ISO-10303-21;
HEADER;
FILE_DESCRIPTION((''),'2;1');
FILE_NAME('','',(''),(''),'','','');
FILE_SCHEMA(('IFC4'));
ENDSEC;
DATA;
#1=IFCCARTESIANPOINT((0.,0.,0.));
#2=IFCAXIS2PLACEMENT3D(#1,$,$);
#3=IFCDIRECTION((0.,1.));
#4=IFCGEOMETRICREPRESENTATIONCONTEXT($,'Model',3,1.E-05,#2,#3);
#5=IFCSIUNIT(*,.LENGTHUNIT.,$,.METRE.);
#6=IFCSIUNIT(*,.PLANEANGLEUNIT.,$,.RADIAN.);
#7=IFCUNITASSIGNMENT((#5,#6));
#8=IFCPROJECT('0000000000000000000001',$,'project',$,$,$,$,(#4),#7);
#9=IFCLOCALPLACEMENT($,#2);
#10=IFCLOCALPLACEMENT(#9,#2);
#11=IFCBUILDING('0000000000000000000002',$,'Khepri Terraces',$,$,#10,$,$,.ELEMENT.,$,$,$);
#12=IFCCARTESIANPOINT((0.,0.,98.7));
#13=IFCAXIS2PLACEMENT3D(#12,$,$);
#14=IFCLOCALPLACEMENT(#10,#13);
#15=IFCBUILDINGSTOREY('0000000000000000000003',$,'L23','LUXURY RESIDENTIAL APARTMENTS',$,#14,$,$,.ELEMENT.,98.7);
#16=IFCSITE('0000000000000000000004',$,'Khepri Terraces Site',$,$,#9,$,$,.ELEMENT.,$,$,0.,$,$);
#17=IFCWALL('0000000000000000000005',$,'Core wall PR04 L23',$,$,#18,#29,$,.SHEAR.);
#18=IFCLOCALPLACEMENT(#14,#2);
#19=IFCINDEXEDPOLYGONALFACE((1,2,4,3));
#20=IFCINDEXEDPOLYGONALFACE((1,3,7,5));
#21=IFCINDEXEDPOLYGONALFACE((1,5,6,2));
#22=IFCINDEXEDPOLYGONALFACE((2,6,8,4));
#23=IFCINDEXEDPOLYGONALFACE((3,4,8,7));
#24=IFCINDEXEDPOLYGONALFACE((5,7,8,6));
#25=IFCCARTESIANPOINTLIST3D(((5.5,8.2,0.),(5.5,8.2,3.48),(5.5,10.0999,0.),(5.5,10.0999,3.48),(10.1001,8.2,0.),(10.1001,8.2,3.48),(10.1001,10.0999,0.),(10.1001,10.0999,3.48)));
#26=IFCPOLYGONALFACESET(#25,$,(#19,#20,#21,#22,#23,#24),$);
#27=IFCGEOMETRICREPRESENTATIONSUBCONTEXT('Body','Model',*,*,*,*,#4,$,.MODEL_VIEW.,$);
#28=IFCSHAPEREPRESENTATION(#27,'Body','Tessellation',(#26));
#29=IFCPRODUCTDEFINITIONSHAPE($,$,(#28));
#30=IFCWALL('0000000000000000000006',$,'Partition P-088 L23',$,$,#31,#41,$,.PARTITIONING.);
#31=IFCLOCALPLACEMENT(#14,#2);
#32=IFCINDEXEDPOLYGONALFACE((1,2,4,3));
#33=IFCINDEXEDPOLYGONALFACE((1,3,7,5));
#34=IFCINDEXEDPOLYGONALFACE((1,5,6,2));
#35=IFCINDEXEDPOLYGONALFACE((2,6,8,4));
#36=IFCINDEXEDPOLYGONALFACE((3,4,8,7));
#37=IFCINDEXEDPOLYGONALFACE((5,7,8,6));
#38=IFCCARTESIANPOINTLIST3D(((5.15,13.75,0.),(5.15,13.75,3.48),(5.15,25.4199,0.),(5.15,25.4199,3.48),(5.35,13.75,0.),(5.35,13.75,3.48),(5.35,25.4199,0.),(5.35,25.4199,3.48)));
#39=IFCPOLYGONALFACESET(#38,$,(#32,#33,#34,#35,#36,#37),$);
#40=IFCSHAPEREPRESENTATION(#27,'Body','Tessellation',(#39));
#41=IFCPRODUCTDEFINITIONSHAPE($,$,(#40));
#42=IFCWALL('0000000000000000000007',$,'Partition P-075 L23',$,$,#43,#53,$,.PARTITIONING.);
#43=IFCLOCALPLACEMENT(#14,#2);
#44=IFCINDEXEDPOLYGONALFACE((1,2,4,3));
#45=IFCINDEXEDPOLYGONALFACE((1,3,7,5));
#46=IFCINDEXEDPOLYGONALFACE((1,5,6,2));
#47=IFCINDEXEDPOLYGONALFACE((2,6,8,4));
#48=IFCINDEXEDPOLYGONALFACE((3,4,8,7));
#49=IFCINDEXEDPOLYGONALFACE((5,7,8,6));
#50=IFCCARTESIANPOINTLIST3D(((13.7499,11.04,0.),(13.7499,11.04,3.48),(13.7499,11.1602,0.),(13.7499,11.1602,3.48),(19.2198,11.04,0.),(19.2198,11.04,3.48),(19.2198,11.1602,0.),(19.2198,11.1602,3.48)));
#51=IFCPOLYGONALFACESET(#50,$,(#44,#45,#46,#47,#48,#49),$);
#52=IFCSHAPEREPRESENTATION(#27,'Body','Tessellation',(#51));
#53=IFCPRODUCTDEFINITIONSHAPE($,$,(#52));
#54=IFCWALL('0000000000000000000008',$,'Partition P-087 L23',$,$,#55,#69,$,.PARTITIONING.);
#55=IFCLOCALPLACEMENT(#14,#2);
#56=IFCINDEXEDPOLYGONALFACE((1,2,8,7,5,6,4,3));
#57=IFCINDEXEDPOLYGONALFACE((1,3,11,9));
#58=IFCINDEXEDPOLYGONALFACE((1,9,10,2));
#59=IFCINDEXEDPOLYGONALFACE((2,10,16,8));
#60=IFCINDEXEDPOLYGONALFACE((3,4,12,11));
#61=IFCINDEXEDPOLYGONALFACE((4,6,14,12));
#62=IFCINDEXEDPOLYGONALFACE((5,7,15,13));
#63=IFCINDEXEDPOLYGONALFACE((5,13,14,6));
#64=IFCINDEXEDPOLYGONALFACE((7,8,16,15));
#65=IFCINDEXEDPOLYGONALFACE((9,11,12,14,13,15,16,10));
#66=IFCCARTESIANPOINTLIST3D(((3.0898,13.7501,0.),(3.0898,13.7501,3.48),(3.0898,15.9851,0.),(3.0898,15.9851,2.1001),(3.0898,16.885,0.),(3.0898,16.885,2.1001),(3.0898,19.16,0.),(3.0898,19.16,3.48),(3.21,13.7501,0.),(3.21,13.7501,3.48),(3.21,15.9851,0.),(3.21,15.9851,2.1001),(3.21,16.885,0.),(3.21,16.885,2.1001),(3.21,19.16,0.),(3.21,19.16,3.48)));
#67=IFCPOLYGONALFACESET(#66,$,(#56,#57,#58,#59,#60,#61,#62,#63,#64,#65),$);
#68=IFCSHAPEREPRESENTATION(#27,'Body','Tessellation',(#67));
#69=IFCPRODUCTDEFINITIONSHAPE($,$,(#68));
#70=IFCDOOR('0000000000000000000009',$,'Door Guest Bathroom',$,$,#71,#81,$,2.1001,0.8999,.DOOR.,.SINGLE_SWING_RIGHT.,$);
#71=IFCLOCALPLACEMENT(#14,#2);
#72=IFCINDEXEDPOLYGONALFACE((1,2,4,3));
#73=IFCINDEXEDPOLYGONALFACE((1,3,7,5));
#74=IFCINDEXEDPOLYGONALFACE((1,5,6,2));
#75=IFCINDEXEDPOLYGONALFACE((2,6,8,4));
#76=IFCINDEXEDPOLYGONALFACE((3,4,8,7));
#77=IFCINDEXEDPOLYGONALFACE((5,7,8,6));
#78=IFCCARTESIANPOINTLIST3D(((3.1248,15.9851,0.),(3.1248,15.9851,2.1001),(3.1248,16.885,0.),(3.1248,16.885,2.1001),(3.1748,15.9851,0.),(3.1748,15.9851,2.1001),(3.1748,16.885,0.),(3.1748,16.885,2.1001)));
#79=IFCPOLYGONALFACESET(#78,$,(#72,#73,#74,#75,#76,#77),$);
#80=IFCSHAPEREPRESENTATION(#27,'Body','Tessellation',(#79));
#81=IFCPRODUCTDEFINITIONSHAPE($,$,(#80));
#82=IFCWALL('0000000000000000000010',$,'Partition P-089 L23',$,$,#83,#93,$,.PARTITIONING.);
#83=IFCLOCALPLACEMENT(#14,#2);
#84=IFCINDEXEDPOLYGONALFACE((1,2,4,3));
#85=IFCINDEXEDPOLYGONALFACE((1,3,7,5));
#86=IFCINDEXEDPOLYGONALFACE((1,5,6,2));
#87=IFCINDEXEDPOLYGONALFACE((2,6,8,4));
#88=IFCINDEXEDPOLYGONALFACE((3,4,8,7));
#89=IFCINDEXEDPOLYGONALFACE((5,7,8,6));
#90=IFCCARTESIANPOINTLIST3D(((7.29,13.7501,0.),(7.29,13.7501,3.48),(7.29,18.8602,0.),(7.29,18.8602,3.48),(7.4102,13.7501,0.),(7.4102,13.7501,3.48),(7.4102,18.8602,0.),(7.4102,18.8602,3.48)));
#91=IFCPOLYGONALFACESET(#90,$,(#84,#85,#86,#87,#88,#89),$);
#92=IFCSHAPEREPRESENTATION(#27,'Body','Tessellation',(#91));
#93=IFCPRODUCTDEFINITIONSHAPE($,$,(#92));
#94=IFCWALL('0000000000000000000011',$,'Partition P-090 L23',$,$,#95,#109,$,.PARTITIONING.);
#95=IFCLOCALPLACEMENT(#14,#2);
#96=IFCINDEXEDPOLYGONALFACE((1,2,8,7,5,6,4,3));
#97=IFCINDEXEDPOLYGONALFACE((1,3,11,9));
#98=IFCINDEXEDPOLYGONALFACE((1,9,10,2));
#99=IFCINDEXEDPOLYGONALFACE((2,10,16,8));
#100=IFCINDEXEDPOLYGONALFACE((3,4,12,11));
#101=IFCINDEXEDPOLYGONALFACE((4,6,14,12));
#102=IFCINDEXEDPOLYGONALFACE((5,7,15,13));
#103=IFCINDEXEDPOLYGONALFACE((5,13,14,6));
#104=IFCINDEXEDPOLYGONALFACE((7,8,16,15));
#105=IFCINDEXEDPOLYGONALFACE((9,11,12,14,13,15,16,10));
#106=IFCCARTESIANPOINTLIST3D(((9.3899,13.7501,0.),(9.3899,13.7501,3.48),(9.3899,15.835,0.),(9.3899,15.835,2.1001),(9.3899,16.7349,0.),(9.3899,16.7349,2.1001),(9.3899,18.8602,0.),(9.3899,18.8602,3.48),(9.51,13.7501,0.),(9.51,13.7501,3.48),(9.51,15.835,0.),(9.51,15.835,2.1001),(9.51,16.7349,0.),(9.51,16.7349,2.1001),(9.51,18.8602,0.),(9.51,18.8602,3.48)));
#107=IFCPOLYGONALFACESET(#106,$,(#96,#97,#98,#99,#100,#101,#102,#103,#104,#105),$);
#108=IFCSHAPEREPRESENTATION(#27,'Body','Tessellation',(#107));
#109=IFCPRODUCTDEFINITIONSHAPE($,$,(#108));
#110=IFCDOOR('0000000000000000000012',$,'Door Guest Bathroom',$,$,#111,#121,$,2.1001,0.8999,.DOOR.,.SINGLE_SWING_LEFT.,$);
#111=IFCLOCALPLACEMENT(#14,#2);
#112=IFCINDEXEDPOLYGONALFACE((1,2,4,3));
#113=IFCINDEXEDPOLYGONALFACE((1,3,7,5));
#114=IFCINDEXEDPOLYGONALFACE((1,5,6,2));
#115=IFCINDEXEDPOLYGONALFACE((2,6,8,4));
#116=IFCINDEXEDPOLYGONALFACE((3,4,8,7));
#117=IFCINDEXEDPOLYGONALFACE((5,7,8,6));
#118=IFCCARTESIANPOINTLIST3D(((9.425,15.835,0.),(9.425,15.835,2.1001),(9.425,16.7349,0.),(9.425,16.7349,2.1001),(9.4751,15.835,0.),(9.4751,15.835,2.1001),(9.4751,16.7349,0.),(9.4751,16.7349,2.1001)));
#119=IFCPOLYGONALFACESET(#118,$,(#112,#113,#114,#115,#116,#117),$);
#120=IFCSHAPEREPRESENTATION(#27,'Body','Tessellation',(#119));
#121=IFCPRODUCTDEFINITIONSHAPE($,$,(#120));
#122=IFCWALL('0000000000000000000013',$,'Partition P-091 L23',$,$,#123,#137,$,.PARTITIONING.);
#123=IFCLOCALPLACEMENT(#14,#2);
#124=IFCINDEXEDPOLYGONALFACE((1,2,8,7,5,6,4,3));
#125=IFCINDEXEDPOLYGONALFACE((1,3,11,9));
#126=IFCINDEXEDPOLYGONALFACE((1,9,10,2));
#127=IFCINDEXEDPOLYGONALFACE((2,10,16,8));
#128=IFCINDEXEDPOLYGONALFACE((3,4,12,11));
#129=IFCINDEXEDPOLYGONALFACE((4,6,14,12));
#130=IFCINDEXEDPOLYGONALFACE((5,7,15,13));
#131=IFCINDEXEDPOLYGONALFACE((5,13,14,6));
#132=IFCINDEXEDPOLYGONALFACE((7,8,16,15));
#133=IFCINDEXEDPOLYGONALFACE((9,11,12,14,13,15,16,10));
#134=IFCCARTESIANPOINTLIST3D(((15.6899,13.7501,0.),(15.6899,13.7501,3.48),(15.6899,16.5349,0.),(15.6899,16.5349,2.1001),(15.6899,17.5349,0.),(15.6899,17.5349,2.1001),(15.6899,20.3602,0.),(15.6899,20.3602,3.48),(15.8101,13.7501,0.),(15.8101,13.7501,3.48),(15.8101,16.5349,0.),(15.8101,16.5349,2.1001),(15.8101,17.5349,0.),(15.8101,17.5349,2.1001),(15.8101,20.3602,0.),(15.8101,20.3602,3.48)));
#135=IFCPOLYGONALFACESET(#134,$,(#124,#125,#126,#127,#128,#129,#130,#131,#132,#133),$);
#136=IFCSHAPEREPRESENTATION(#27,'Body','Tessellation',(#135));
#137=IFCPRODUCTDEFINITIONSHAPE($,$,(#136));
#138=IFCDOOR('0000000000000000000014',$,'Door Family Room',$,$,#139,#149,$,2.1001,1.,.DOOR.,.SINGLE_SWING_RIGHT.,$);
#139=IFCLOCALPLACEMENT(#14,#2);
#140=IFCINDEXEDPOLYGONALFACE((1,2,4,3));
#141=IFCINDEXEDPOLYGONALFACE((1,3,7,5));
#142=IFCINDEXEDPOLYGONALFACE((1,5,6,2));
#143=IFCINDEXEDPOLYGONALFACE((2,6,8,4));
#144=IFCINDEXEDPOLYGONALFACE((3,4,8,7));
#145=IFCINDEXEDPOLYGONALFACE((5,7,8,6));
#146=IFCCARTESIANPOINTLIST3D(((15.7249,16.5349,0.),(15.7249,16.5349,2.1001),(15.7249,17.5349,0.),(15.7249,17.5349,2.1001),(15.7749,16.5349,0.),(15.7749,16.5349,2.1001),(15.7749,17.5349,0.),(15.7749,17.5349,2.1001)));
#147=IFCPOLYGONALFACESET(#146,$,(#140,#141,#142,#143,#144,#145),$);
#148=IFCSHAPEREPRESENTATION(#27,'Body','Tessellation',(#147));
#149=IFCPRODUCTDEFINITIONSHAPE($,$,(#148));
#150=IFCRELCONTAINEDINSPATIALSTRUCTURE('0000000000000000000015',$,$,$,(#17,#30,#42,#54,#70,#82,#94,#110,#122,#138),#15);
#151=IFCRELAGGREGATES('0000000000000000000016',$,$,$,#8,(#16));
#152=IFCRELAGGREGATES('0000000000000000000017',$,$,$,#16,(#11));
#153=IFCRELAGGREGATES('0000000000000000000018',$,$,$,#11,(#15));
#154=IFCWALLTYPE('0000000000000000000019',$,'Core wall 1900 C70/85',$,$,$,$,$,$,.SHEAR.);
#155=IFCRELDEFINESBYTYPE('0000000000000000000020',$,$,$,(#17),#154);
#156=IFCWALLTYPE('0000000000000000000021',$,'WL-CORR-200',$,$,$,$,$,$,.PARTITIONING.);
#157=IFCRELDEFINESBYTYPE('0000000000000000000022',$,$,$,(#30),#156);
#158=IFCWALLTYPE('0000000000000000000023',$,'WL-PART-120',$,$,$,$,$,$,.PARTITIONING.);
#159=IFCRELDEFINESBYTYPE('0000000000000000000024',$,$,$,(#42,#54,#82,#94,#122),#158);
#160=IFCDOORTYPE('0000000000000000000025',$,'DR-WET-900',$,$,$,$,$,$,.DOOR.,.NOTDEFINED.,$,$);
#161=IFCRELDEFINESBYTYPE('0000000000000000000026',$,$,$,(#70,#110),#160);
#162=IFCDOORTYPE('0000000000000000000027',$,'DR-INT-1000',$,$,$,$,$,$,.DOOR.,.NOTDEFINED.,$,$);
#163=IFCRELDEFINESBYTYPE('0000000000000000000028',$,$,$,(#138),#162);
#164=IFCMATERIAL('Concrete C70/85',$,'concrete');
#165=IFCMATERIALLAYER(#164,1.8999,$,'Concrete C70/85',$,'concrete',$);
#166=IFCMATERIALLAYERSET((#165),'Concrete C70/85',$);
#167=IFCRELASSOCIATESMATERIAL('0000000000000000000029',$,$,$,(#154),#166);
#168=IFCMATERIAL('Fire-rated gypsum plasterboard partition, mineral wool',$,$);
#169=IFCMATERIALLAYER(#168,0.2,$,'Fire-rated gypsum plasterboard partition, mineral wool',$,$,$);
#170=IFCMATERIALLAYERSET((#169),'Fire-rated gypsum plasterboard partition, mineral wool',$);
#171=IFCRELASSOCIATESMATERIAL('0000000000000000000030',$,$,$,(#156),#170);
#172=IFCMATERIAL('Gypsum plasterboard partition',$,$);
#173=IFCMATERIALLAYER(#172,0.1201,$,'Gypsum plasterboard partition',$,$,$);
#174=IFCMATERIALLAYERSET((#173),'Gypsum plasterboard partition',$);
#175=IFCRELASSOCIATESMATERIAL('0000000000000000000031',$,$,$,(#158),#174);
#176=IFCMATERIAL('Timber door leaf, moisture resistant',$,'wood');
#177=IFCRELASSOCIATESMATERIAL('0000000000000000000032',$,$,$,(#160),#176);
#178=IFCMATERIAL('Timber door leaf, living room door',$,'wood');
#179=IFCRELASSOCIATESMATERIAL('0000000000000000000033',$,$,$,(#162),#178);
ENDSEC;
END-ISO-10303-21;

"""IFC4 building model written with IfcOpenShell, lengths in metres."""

from ifc_helpers import new_model, si_unit, direction, frame, frame_2d, origin, place, context, subcontext, project, spatial, rectangle, extrude, material, layer, layer_set, type_object, element, fill, save


model = new_model("IFC4")

# Units and contexts
model_context = context("Model", 3, precision=1e-05, world=origin(), true_north=direction((0.0, 1.0)))
body_context = subcontext(model_context, "Body", "Model", "MODEL_VIEW")
ifc_project = project(units=[si_unit("LENGTHUNIT", "METRE"), si_unit("PLANEANGLEUNIT", "RADIAN")], contexts=[model_context])

# Site, building, storey
site_placement = place(None, origin())
site = spatial("IfcSite", under=ifc_project, at=site_placement, Name="Khepri Terraces Site", CompositionType="ELEMENT", RefElevation=0.0)
building_placement = place(site_placement, origin())
building = spatial("IfcBuilding", under=site, at=building_placement, Name="Khepri Terraces", CompositionType="ELEMENT")
storey_placement = place(building_placement, frame((0.0, 0.0, 98.7)))
storey = spatial("IfcBuildingStorey", under=building, at=storey_placement, Name="L23", Description="LUXURY RESIDENTIAL APARTMENTS", CompositionType="ELEMENT", Elevation=98.7)

# Walls
ifc_material_1 = material(Name="Concrete C70/85", Category="concrete")
ifc_layer_1 = layer(ifc_material_1, 1.8999, Name="Concrete C70/85", Category="concrete")
ifc_layer_set_1 = layer_set([ifc_layer_1], Name="Concrete C70/85")
wall_type_1 = type_object("IfcWallType", Name="Core wall 1900 C70/85", PredefinedType="SHEAR", material=ifc_layer_set_1)
wall_1_placement = place(storey_placement, frame((5.5, 9.1499, 0.0), z_axis=(0.0, 0.0, 1.0), x_axis=(1.0, 0.0, 0.0)))
element("IfcWall", 1, at=wall_1_placement, inside=storey, type_object=wall_type_1, Name="Core wall PR04 L23", PredefinedType="SHEAR", context=body_context, shape_type="SweptSolid", body=[
    extrude(rectangle(XDim=4.6001, YDim=1.8999, at=frame_2d((2.3, 0.0))), origin(), (0.0, 0.0, 1.0), 3.48),
])
ifc_material_2 = material(Name="Fire-rated gypsum plasterboard partition, mineral wool")
ifc_layer_2 = layer(ifc_material_2, 0.2, Name="Fire-rated gypsum plasterboard partition, mineral wool")
ifc_layer_set_2 = layer_set([ifc_layer_2], Name="Fire-rated gypsum plasterboard partition, mineral wool")
wall_type_2 = type_object("IfcWallType", Name="WL-CORR-200", PredefinedType="PARTITIONING", material=ifc_layer_set_2)
wall_2_placement = place(storey_placement, frame((5.25, 13.75, 0.0), z_axis=(0.0, 0.0, 1.0), x_axis=(0.0, 1.0, 0.0)))
element("IfcWall", 2, at=wall_2_placement, inside=storey, type_object=wall_type_2, Name="Partition P-088 L23", PredefinedType="PARTITIONING", context=body_context, shape_type="SweptSolid", body=[
    extrude(rectangle(XDim=11.6699, YDim=0.2, at=frame_2d((5.835, 0.0))), origin(), (0.0, 0.0, 1.0), 3.48),
])
ifc_material_3 = material(Name="Gypsum plasterboard partition")
ifc_layer_3 = layer(ifc_material_3, 0.1201, Name="Gypsum plasterboard partition")
ifc_layer_set_3 = layer_set([ifc_layer_3], Name="Gypsum plasterboard partition")
wall_type_3 = type_object("IfcWallType", Name="WL-PART-120", PredefinedType="PARTITIONING", material=ifc_layer_set_3)
wall_3_placement = place(storey_placement, frame((13.75, 11.1001, 0.0), z_axis=(0.0, 0.0, 1.0), x_axis=(1.0, 0.0, 0.0)))
element("IfcWall", 3, at=wall_3_placement, inside=storey, type_object=wall_type_3, Name="Partition P-075 L23", PredefinedType="PARTITIONING", context=body_context, shape_type="SweptSolid", body=[
    extrude(rectangle(XDim=5.47, YDim=0.1201, at=frame_2d((2.7349, 0.0))), origin(), (0.0, 0.0, 1.0), 3.48),
])

# Wall, opening, door
wall_4_placement = place(storey_placement, frame((3.1499, 13.75, 0.0), z_axis=(0.0, 0.0, 1.0), x_axis=(0.0, 1.0, 0.0)))
wall_4 = element("IfcWall", 4, at=wall_4_placement, inside=storey, type_object=wall_type_3, Name="Partition P-087 L23", PredefinedType="PARTITIONING", context=body_context, shape_type="SweptSolid", body=[
    extrude(rectangle(XDim=5.4099, YDim=0.1201, at=frame_2d((2.7051, 0.0))), origin(), (0.0, 0.0, 1.0), 3.48),
])
opening_1_placement = place(wall_4_placement, frame((2.2351, 0.0, 0.0)))
opening_1 = element("IfcOpeningElement", 5, at=opening_1_placement, cuts=wall_4, PredefinedType="OPENING", context=body_context, shape_type="SweptSolid", body=[
    extrude(rectangle(XDim=0.8999, YDim=2.1001, at=frame_2d((0.45, 1.05))), frame((0.0, 0.0701, 0.0), z_axis=(0.0, -1.0, 0.0), x_axis=(1.0, 0.0, 0.0)), (0.0, 0.0, 1.0), 0.1401),
])
ifc_material_4 = material(Name="Timber door leaf, moisture resistant", Category="wood")
door_type_1 = type_object("IfcDoorType", Name="DR-WET-900", OperationType="NOTDEFINED", PredefinedType="DOOR", material=ifc_material_4)
door_1_placement = place(opening_1_placement, frame((0.8999, 0.0, 0.0), z_axis=(0.0, 0.0, 1.0), x_axis=(-1.0, 0.0, 0.0)))
door_1 = element("IfcDoor", 6, at=door_1_placement, inside=storey, type_object=door_type_1, Name="Door Guest Bathroom", OperationType="SINGLE_SWING_RIGHT", OverallHeight=2.1001, OverallWidth=0.8999, PredefinedType="DOOR", context=body_context, shape_type="SweptSolid", body=[
    extrude(rectangle(XDim=0.8999, YDim=2.1001, at=frame_2d((0.45, 1.05))), frame((0.0, 0.0249, 0.0), z_axis=(0.0, -1.0, 0.0), x_axis=(1.0, 0.0, 0.0)), (0.0, 0.0, 1.0), 0.05),
])
fill(opening_1, door_1)

# Wall
wall_5_placement = place(storey_placement, frame((7.3501, 13.75, 0.0), z_axis=(0.0, 0.0, 1.0), x_axis=(0.0, 1.0, 0.0)))
element("IfcWall", 7, at=wall_5_placement, inside=storey, type_object=wall_type_3, Name="Partition P-089 L23", PredefinedType="PARTITIONING", context=body_context, shape_type="SweptSolid", body=[
    extrude(rectangle(XDim=5.1101, YDim=0.1201, at=frame_2d((2.5552, 0.0))), origin(), (0.0, 0.0, 1.0), 3.48),
])

# Walls, openings, doors
wall_6_placement = place(storey_placement, frame((9.45, 13.75, 0.0), z_axis=(0.0, 0.0, 1.0), x_axis=(0.0, 1.0, 0.0)))
wall_6 = element("IfcWall", 8, at=wall_6_placement, inside=storey, type_object=wall_type_3, Name="Partition P-090 L23", PredefinedType="PARTITIONING", context=body_context, shape_type="SweptSolid", body=[
    extrude(rectangle(XDim=5.1101, YDim=0.1201, at=frame_2d((2.5552, 0.0))), origin(), (0.0, 0.0, 1.0), 3.48),
])
opening_2_placement = place(wall_6_placement, frame((2.085, 0.0, 0.0)))
opening_2 = element("IfcOpeningElement", 9, at=opening_2_placement, cuts=wall_6, PredefinedType="OPENING", context=body_context, shape_type="SweptSolid", body=[
    extrude(rectangle(XDim=0.8999, YDim=2.1001, at=frame_2d((0.45, 1.05))), frame((0.0, 0.0701, 0.0), z_axis=(0.0, -1.0, 0.0), x_axis=(1.0, 0.0, 0.0)), (0.0, 0.0, 1.0), 0.1401),
])
door_2_placement = place(opening_2_placement, origin())
door_2 = element("IfcDoor", 10, at=door_2_placement, inside=storey, type_object=door_type_1, Name="Door Guest Bathroom", OperationType="SINGLE_SWING_LEFT", OverallHeight=2.1001, OverallWidth=0.8999, PredefinedType="DOOR", context=body_context, shape_type="SweptSolid", body=[
    extrude(rectangle(XDim=0.8999, YDim=2.1001, at=frame_2d((0.45, 1.05))), frame((0.0, 0.0249, 0.0), z_axis=(0.0, -1.0, 0.0), x_axis=(1.0, 0.0, 0.0)), (0.0, 0.0, 1.0), 0.05),
])
fill(opening_2, door_2)
wall_7_placement = place(storey_placement, frame((15.75, 13.75, 0.0), z_axis=(0.0, 0.0, 1.0), x_axis=(0.0, 1.0, 0.0)))
wall_7 = element("IfcWall", 11, at=wall_7_placement, inside=storey, type_object=wall_type_3, Name="Partition P-091 L23", PredefinedType="PARTITIONING", context=body_context, shape_type="SweptSolid", body=[
    extrude(rectangle(XDim=6.6101, YDim=0.1201, at=frame_2d((3.3052, 0.0))), origin(), (0.0, 0.0, 1.0), 3.48),
])
opening_3_placement = place(wall_7_placement, frame((2.7849, 0.0, 0.0)))
opening_3 = element("IfcOpeningElement", 12, at=opening_3_placement, cuts=wall_7, PredefinedType="OPENING", context=body_context, shape_type="SweptSolid", body=[
    extrude(rectangle(XDim=1.0, YDim=2.1001, at=frame_2d((0.5, 1.05))), frame((0.0, 0.0701, 0.0), z_axis=(0.0, -1.0, 0.0), x_axis=(1.0, 0.0, 0.0)), (0.0, 0.0, 1.0), 0.1401),
])
ifc_material_5 = material(Name="Timber door leaf, living room door", Category="wood")
door_type_2 = type_object("IfcDoorType", Name="DR-INT-1000", OperationType="NOTDEFINED", PredefinedType="DOOR", material=ifc_material_5)
door_3_placement = place(opening_3_placement, frame((1.0, 0.0, 0.0), z_axis=(0.0, 0.0, 1.0), x_axis=(-1.0, 0.0, 0.0)))
door_3 = element("IfcDoor", 13, at=door_3_placement, inside=storey, type_object=door_type_2, Name="Door Family Room", OperationType="SINGLE_SWING_RIGHT", OverallHeight=2.1001, OverallWidth=1.0, PredefinedType="DOOR", context=body_context, shape_type="SweptSolid", body=[
    extrude(rectangle(XDim=1.0, YDim=2.1001, at=frame_2d((0.5, 1.05))), frame((0.0, 0.0249, 0.0), z_axis=(0.0, -1.0, 0.0), x_axis=(1.0, 0.0, 0.0)), (0.0, 0.0, 1.0), 0.05),
])
fill(opening_3, door_3)

save(model, "model.ifc")
